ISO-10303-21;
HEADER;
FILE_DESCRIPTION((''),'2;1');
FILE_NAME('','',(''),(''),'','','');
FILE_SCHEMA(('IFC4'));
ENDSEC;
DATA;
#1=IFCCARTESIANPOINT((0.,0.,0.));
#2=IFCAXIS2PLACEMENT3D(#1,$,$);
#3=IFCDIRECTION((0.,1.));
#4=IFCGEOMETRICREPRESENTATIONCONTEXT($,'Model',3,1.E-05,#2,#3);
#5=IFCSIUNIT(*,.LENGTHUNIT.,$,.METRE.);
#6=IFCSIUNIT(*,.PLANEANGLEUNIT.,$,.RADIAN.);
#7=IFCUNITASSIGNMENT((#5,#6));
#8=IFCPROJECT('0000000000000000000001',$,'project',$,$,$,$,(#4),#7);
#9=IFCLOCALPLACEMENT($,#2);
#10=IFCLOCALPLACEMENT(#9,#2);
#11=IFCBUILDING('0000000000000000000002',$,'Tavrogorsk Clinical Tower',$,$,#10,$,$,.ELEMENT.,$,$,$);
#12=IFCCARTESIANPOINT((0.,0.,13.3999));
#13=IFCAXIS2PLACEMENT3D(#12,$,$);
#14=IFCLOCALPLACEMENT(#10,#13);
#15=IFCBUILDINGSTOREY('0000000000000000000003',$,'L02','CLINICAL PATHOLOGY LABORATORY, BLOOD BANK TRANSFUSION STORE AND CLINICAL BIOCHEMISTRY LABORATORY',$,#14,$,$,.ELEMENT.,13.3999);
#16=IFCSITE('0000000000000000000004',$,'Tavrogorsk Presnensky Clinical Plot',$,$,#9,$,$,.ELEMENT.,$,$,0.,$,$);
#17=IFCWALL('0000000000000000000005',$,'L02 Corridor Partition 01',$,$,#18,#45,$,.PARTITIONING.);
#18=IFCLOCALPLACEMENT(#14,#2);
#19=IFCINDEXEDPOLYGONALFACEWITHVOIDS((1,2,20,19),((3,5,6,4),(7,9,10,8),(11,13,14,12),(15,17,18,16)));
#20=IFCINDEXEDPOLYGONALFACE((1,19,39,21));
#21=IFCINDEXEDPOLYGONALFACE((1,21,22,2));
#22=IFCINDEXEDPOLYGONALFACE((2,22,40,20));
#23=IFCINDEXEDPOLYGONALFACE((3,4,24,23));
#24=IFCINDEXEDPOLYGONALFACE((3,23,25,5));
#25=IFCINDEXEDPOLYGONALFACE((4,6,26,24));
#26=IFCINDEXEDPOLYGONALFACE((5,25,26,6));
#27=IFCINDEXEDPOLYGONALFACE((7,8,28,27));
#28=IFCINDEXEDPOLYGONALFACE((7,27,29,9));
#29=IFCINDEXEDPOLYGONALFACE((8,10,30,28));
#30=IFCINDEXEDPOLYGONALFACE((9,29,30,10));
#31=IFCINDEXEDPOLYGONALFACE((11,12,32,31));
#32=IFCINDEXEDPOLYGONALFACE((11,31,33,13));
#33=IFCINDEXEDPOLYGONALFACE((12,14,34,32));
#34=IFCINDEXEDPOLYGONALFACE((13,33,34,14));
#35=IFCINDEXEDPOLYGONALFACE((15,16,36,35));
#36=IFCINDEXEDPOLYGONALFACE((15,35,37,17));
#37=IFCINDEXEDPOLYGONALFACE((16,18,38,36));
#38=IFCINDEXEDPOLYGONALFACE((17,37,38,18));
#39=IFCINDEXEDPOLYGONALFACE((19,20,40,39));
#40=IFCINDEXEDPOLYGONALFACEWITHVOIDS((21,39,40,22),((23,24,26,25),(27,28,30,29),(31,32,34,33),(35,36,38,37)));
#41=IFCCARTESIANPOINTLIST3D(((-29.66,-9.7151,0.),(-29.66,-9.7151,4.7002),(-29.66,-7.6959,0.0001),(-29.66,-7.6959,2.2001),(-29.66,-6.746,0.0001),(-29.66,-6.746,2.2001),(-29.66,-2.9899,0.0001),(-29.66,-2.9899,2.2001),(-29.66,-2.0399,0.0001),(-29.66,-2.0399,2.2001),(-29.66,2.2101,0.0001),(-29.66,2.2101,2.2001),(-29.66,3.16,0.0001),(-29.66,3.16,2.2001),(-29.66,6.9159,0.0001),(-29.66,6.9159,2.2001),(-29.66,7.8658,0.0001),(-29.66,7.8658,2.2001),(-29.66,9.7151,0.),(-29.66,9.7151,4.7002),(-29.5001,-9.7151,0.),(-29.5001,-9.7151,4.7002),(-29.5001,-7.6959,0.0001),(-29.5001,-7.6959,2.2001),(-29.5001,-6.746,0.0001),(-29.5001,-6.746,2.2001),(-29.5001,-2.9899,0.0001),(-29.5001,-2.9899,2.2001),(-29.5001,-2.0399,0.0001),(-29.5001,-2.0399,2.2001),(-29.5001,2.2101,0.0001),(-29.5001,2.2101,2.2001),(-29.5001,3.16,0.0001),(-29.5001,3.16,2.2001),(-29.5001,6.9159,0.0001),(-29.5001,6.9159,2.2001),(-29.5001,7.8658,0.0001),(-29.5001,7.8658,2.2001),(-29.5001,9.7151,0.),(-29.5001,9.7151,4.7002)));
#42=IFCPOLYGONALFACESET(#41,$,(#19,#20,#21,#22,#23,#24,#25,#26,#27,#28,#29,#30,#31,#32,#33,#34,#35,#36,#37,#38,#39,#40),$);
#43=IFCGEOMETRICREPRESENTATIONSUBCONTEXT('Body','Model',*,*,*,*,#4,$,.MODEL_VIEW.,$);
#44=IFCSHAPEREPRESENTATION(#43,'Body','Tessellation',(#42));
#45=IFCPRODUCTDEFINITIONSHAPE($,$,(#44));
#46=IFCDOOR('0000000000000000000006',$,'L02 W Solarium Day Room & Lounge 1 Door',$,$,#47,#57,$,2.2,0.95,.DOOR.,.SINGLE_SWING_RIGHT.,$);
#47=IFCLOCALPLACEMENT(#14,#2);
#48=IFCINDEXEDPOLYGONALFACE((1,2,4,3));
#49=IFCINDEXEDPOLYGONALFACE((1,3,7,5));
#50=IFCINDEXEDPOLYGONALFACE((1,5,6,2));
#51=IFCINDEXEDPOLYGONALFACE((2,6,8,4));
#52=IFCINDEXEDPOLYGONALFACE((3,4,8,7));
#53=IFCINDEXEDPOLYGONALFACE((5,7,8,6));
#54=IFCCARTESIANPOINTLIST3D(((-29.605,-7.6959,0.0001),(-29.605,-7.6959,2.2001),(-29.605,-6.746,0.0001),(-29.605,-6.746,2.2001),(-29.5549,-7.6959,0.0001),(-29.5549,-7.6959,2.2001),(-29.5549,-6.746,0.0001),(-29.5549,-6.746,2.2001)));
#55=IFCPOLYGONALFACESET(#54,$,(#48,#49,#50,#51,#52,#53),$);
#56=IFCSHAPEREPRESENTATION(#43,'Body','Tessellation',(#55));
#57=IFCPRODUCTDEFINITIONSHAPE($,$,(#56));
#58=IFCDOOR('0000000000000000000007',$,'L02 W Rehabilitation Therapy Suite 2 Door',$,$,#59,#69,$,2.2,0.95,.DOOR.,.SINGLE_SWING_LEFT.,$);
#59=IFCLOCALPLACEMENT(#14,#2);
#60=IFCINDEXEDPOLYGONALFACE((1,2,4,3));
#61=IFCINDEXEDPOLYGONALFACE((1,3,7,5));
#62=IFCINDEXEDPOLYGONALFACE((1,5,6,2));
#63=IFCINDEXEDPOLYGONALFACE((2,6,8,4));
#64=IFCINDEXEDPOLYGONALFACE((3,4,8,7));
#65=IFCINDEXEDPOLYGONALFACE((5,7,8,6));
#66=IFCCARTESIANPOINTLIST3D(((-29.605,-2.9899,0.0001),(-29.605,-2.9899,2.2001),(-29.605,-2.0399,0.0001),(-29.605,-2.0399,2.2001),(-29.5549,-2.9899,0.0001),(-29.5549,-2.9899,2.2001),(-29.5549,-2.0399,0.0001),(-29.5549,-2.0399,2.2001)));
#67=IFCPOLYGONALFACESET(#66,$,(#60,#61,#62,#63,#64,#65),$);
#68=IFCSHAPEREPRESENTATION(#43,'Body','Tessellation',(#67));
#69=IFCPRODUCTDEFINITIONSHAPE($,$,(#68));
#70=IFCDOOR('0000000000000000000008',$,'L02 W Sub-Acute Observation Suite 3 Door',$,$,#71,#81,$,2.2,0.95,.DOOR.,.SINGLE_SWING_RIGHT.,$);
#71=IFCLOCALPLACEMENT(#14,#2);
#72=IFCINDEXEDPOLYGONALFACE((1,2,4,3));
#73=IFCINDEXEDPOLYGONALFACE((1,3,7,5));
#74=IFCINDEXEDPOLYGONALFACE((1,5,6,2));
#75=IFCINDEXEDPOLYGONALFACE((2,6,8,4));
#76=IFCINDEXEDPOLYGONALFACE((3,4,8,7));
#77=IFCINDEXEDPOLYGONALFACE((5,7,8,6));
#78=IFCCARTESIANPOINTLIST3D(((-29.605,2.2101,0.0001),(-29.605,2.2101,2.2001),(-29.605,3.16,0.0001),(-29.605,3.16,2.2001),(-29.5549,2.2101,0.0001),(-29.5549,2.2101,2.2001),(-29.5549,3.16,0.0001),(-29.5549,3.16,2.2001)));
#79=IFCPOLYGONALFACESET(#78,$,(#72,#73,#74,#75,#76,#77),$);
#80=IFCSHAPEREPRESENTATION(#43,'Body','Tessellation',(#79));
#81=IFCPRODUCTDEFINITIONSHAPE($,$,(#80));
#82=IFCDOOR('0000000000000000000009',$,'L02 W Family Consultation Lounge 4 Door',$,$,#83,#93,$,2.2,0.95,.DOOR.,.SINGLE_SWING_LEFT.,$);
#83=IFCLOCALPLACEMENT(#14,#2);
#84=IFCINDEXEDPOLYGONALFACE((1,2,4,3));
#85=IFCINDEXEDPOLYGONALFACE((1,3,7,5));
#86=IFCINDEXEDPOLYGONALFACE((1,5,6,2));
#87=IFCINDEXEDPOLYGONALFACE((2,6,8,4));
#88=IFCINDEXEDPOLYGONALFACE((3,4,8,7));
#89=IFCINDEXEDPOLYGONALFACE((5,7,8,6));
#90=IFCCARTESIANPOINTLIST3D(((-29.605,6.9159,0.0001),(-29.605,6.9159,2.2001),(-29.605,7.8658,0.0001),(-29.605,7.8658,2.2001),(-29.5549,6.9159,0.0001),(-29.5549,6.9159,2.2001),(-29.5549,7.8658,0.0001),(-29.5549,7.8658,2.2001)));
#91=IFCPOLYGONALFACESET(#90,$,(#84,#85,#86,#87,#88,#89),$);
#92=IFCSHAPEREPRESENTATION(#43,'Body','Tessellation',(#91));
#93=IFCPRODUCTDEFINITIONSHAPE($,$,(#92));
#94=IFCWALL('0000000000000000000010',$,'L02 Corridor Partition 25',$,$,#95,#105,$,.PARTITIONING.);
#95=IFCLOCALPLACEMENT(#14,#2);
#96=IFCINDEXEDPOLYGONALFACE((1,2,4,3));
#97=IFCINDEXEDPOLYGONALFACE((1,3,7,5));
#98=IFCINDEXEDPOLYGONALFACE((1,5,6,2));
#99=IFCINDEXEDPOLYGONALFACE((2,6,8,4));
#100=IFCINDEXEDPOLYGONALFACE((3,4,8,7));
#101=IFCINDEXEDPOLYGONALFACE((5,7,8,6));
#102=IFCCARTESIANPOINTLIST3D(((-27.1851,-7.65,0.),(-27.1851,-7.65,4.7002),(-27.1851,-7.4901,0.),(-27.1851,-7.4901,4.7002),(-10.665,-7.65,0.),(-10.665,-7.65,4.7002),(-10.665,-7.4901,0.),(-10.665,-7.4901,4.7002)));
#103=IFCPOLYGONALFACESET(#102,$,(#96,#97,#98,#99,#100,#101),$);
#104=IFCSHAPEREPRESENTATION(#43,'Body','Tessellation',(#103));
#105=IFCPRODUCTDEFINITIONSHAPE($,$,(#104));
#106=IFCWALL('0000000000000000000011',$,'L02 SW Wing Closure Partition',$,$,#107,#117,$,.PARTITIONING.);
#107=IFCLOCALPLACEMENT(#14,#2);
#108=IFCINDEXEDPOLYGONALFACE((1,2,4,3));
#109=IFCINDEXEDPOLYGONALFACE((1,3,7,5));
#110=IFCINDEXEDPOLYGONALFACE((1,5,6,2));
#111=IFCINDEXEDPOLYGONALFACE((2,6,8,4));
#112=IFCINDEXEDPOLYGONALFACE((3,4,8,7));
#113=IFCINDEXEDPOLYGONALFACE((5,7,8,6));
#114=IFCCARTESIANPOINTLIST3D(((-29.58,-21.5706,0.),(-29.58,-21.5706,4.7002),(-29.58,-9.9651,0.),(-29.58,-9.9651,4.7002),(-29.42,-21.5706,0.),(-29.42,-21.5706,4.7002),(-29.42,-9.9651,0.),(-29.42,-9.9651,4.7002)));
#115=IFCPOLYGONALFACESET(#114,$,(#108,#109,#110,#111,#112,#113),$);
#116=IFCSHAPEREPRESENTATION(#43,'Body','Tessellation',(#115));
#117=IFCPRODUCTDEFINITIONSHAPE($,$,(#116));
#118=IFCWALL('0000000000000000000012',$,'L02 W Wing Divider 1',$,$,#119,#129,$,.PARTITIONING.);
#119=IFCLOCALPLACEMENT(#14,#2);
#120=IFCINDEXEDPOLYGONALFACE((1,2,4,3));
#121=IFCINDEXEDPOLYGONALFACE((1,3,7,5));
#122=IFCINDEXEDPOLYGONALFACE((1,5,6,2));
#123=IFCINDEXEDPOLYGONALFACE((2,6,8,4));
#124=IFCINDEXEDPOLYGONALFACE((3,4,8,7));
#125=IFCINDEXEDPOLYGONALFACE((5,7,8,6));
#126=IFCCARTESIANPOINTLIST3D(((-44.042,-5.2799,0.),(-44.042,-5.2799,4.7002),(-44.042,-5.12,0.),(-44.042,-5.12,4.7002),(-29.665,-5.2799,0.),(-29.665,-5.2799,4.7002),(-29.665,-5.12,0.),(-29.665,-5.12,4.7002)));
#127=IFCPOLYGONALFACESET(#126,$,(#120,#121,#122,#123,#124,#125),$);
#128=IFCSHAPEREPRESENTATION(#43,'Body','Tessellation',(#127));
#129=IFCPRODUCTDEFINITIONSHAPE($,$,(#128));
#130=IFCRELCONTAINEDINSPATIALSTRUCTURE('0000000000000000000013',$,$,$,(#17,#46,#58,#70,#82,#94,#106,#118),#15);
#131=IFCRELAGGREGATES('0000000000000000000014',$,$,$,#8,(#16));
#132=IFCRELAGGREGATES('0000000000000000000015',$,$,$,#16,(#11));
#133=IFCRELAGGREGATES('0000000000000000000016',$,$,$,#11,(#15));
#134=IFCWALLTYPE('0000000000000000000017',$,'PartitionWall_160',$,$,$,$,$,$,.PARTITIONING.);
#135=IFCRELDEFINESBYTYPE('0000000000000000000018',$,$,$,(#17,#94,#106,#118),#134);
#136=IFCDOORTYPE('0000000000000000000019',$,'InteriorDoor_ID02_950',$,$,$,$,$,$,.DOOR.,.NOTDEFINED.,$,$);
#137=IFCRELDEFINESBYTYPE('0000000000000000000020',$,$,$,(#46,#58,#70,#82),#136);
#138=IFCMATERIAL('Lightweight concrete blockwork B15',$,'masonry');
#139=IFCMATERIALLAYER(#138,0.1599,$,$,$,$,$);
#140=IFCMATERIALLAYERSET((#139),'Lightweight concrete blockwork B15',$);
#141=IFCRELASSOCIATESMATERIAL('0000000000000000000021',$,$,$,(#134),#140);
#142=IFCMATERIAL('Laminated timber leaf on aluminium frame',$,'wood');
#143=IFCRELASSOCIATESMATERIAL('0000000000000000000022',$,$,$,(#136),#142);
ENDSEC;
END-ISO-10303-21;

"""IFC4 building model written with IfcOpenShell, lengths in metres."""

from ifc_helpers import new_model, si_unit, direction, frame, frame_2d, origin, place, context, subcontext, project, spatial, rectangle, extrude, material, layer, layer_set, type_object, element, fill, save


model = new_model("IFC4")

# Units and contexts
model_context = context("Model", 3, precision=1e-05, world=origin(), true_north=direction((0.0, 1.0)))
body_context = subcontext(model_context, "Body", "Model", "MODEL_VIEW")
ifc_project = project(units=[si_unit("LENGTHUNIT", "METRE"), si_unit("PLANEANGLEUNIT", "RADIAN")], contexts=[model_context])

# Site, building, storey
site_placement = place(None, origin())
site = spatial("IfcSite", under=ifc_project, at=site_placement, Name="Tavrogorsk Presnensky Clinical Plot", CompositionType="ELEMENT", RefElevation=0.0)
building_placement = place(site_placement, origin())
building = spatial("IfcBuilding", under=site, at=building_placement, Name="Tavrogorsk Clinical Tower", CompositionType="ELEMENT")
storey_placement = place(building_placement, frame((0.0, 0.0, 13.3999)))
storey = spatial("IfcBuildingStorey", under=building, at=storey_placement, Name="L02", Description="CLINICAL PATHOLOGY LABORATORY, BLOOD BANK TRANSFUSION STORE AND CLINICAL BIOCHEMISTRY LABORATORY", CompositionType="ELEMENT", Elevation=13.3999)

# Shared definitions
ifc_material_1 = material(Name="Lightweight concrete blockwork B15", Category="masonry")
ifc_layer_1 = layer(ifc_material_1, 0.1599)
ifc_layer_set_1 = layer_set([ifc_layer_1], Name="Lightweight concrete blockwork B15")
wall_type_1 = type_object("IfcWallType", Name="PartitionWall_160", PredefinedType="PARTITIONING", material=ifc_layer_set_1)

# Wall, openings, doors
wall_1_placement = place(storey_placement, frame((-29.5801, -9.7151, 0.0), z_axis=(0.0, 0.0, 1.0), x_axis=(0.0, 1.0, 0.0)))
wall_1 = element("IfcWall", 1, at=wall_1_placement, inside=storey, type_object=wall_type_1, Name="L02 Corridor Partition 01", PredefinedType="PARTITIONING", context=body_context, shape_type="SweptSolid", body=[
    extrude(rectangle(XDim=19.4302, YDim=0.1599, at=frame_2d((9.7151, 0.0))), origin(), (0.0, 0.0, 1.0), 4.7002),
])
opening_1_placement = place(wall_1_placement, frame((2.019, 0.0, 0.0)))
opening_1 = element("IfcOpeningElement", 2, at=opening_1_placement, cuts=wall_1, PredefinedType="OPENING", context=body_context, shape_type="SweptSolid", body=[
    extrude(rectangle(XDim=0.95, YDim=2.2, at=frame_2d((0.4751, 1.1001))), frame((0.0, 0.0898, 0.0), z_axis=(0.0, -1.0, 0.0), x_axis=(1.0, 0.0, 0.0)), (0.0, 0.0, 1.0), 0.1799),
])
opening_2_placement = place(wall_1_placement, frame((6.7251, 0.0, 0.0)))
opening_2 = element("IfcOpeningElement", 3, at=opening_2_placement, cuts=wall_1, PredefinedType="OPENING", context=body_context, shape_type="SweptSolid", body=[
    extrude(rectangle(XDim=0.95, YDim=2.2, at=frame_2d((0.4751, 1.1001))), frame((0.0, 0.0898, 0.0), z_axis=(0.0, -1.0, 0.0), x_axis=(1.0, 0.0, 0.0)), (0.0, 0.0, 1.0), 0.1799),
])
opening_3_placement = place(wall_1_placement, frame((11.925, 0.0, 0.0)))
opening_3 = element("IfcOpeningElement", 4, at=opening_3_placement, cuts=wall_1, PredefinedType="OPENING", context=body_context, shape_type="SweptSolid", body=[
    extrude(rectangle(XDim=0.95, YDim=2.2, at=frame_2d((0.4751, 1.1001))), frame((0.0, 0.0898, 0.0), z_axis=(0.0, -1.0, 0.0), x_axis=(1.0, 0.0, 0.0)), (0.0, 0.0, 1.0), 0.1799),
])
opening_4_placement = place(wall_1_placement, frame((16.6309, 0.0, 0.0)))
opening_4 = element("IfcOpeningElement", 5, at=opening_4_placement, cuts=wall_1, PredefinedType="OPENING", context=body_context, shape_type="SweptSolid", body=[
    extrude(rectangle(XDim=0.95, YDim=2.2, at=frame_2d((0.4751, 1.1001))), frame((0.0, 0.0898, 0.0), z_axis=(0.0, -1.0, 0.0), x_axis=(1.0, 0.0, 0.0)), (0.0, 0.0, 1.0), 0.1799),
])
ifc_material_2 = material(Name="Laminated timber leaf on aluminium frame", Category="wood")
door_type = type_object("IfcDoorType", Name="InteriorDoor_ID02_950", OperationType="NOTDEFINED", PredefinedType="DOOR", material=ifc_material_2)
door_1_placement = place(opening_1_placement, origin())
door_1 = element("IfcDoor", 6, at=door_1_placement, inside=storey, type_object=door_type, Name="L02 W Solarium Day Room & Lounge 1 Door", OperationType="SINGLE_SWING_RIGHT", OverallHeight=2.2, OverallWidth=0.95, PredefinedType="DOOR", context=body_context, shape_type="SweptSolid", body=[
    extrude(rectangle(XDim=0.95, YDim=2.2, at=frame_2d((0.4751, 1.1001))), frame((0.0, 0.0249, 0.0), z_axis=(0.0, -1.0, 0.0), x_axis=(1.0, 0.0, 0.0)), (0.0, 0.0, 1.0), 0.05),
])
fill(opening_1, door_1)
door_2_placement = place(opening_2_placement, origin())
door_2 = element("IfcDoor", 7, at=door_2_placement, inside=storey, type_object=door_type, Name="L02 W Rehabilitation Therapy Suite 2 Door", OperationType="SINGLE_SWING_LEFT", OverallHeight=2.2, OverallWidth=0.95, PredefinedType="DOOR", context=body_context, shape_type="SweptSolid", body=[
    extrude(rectangle(XDim=0.95, YDim=2.2, at=frame_2d((0.4751, 1.1001))), frame((0.0, 0.0249, 0.0), z_axis=(0.0, -1.0, 0.0), x_axis=(1.0, 0.0, 0.0)), (0.0, 0.0, 1.0), 0.05),
])
fill(opening_2, door_2)
door_3_placement = place(opening_3_placement, origin())
door_3 = element("IfcDoor", 8, at=door_3_placement, inside=storey, type_object=door_type, Name="L02 W Sub-Acute Observation Suite 3 Door", OperationType="SINGLE_SWING_RIGHT", OverallHeight=2.2, OverallWidth=0.95, PredefinedType="DOOR", context=body_context, shape_type="SweptSolid", body=[
    extrude(rectangle(XDim=0.95, YDim=2.2, at=frame_2d((0.4751, 1.1001))), frame((0.0, 0.0249, 0.0), z_axis=(0.0, -1.0, 0.0), x_axis=(1.0, 0.0, 0.0)), (0.0, 0.0, 1.0), 0.05),
])
fill(opening_3, door_3)
door_4_placement = place(opening_4_placement, origin())
door_4 = element("IfcDoor", 9, at=door_4_placement, inside=storey, type_object=door_type, Name="L02 W Family Consultation Lounge 4 Door", OperationType="SINGLE_SWING_LEFT", OverallHeight=2.2, OverallWidth=0.95, PredefinedType="DOOR", context=body_context, shape_type="SweptSolid", body=[
    extrude(rectangle(XDim=0.95, YDim=2.2, at=frame_2d((0.4751, 1.1001))), frame((0.0, 0.0249, 0.0), z_axis=(0.0, -1.0, 0.0), x_axis=(1.0, 0.0, 0.0)), (0.0, 0.0, 1.0), 0.05),
])
fill(opening_4, door_4)

# Walls
wall_2_placement = place(storey_placement, frame((-27.1851, -7.5701, 0.0), z_axis=(0.0, 0.0, 1.0), x_axis=(1.0, 0.0, 0.0)))
element("IfcWall", 10, at=wall_2_placement, inside=storey, type_object=wall_type_1, Name="L02 Corridor Partition 25", PredefinedType="PARTITIONING", context=body_context, shape_type="SweptSolid", body=[
    extrude(rectangle(XDim=16.52, YDim=0.1599, at=frame_2d((8.26, 0.0))), origin(), (0.0, 0.0, 1.0), 4.7002),
])
wall_3_placement = place(storey_placement, frame((-29.5, -21.5706, 0.0), z_axis=(0.0, 0.0, 1.0), x_axis=(0.0, 1.0, 0.0)))
element("IfcWall", 11, at=wall_3_placement, inside=storey, type_object=wall_type_1, Name="L02 SW Wing Closure Partition", PredefinedType="PARTITIONING", context=body_context, shape_type="SweptSolid", body=[
    extrude(rectangle(XDim=11.6055, YDim=0.1599, at=frame_2d((5.8027, 0.0))), origin(), (0.0, 0.0, 1.0), 4.7002),
])
wall_4_placement = place(storey_placement, frame((-44.042, -5.2, 0.0), z_axis=(0.0, 0.0, 1.0), x_axis=(1.0, 0.0, 0.0)))
element("IfcWall", 12, at=wall_4_placement, inside=storey, type_object=wall_type_1, Name="L02 W Wing Divider 1", PredefinedType="PARTITIONING", context=body_context, shape_type="SweptSolid", body=[
    extrude(rectangle(XDim=14.377, YDim=0.1599, at=frame_2d((7.1885, 0.0))), origin(), (0.0, 0.0, 1.0), 4.7002),
])

save(model, "model.ifc")
